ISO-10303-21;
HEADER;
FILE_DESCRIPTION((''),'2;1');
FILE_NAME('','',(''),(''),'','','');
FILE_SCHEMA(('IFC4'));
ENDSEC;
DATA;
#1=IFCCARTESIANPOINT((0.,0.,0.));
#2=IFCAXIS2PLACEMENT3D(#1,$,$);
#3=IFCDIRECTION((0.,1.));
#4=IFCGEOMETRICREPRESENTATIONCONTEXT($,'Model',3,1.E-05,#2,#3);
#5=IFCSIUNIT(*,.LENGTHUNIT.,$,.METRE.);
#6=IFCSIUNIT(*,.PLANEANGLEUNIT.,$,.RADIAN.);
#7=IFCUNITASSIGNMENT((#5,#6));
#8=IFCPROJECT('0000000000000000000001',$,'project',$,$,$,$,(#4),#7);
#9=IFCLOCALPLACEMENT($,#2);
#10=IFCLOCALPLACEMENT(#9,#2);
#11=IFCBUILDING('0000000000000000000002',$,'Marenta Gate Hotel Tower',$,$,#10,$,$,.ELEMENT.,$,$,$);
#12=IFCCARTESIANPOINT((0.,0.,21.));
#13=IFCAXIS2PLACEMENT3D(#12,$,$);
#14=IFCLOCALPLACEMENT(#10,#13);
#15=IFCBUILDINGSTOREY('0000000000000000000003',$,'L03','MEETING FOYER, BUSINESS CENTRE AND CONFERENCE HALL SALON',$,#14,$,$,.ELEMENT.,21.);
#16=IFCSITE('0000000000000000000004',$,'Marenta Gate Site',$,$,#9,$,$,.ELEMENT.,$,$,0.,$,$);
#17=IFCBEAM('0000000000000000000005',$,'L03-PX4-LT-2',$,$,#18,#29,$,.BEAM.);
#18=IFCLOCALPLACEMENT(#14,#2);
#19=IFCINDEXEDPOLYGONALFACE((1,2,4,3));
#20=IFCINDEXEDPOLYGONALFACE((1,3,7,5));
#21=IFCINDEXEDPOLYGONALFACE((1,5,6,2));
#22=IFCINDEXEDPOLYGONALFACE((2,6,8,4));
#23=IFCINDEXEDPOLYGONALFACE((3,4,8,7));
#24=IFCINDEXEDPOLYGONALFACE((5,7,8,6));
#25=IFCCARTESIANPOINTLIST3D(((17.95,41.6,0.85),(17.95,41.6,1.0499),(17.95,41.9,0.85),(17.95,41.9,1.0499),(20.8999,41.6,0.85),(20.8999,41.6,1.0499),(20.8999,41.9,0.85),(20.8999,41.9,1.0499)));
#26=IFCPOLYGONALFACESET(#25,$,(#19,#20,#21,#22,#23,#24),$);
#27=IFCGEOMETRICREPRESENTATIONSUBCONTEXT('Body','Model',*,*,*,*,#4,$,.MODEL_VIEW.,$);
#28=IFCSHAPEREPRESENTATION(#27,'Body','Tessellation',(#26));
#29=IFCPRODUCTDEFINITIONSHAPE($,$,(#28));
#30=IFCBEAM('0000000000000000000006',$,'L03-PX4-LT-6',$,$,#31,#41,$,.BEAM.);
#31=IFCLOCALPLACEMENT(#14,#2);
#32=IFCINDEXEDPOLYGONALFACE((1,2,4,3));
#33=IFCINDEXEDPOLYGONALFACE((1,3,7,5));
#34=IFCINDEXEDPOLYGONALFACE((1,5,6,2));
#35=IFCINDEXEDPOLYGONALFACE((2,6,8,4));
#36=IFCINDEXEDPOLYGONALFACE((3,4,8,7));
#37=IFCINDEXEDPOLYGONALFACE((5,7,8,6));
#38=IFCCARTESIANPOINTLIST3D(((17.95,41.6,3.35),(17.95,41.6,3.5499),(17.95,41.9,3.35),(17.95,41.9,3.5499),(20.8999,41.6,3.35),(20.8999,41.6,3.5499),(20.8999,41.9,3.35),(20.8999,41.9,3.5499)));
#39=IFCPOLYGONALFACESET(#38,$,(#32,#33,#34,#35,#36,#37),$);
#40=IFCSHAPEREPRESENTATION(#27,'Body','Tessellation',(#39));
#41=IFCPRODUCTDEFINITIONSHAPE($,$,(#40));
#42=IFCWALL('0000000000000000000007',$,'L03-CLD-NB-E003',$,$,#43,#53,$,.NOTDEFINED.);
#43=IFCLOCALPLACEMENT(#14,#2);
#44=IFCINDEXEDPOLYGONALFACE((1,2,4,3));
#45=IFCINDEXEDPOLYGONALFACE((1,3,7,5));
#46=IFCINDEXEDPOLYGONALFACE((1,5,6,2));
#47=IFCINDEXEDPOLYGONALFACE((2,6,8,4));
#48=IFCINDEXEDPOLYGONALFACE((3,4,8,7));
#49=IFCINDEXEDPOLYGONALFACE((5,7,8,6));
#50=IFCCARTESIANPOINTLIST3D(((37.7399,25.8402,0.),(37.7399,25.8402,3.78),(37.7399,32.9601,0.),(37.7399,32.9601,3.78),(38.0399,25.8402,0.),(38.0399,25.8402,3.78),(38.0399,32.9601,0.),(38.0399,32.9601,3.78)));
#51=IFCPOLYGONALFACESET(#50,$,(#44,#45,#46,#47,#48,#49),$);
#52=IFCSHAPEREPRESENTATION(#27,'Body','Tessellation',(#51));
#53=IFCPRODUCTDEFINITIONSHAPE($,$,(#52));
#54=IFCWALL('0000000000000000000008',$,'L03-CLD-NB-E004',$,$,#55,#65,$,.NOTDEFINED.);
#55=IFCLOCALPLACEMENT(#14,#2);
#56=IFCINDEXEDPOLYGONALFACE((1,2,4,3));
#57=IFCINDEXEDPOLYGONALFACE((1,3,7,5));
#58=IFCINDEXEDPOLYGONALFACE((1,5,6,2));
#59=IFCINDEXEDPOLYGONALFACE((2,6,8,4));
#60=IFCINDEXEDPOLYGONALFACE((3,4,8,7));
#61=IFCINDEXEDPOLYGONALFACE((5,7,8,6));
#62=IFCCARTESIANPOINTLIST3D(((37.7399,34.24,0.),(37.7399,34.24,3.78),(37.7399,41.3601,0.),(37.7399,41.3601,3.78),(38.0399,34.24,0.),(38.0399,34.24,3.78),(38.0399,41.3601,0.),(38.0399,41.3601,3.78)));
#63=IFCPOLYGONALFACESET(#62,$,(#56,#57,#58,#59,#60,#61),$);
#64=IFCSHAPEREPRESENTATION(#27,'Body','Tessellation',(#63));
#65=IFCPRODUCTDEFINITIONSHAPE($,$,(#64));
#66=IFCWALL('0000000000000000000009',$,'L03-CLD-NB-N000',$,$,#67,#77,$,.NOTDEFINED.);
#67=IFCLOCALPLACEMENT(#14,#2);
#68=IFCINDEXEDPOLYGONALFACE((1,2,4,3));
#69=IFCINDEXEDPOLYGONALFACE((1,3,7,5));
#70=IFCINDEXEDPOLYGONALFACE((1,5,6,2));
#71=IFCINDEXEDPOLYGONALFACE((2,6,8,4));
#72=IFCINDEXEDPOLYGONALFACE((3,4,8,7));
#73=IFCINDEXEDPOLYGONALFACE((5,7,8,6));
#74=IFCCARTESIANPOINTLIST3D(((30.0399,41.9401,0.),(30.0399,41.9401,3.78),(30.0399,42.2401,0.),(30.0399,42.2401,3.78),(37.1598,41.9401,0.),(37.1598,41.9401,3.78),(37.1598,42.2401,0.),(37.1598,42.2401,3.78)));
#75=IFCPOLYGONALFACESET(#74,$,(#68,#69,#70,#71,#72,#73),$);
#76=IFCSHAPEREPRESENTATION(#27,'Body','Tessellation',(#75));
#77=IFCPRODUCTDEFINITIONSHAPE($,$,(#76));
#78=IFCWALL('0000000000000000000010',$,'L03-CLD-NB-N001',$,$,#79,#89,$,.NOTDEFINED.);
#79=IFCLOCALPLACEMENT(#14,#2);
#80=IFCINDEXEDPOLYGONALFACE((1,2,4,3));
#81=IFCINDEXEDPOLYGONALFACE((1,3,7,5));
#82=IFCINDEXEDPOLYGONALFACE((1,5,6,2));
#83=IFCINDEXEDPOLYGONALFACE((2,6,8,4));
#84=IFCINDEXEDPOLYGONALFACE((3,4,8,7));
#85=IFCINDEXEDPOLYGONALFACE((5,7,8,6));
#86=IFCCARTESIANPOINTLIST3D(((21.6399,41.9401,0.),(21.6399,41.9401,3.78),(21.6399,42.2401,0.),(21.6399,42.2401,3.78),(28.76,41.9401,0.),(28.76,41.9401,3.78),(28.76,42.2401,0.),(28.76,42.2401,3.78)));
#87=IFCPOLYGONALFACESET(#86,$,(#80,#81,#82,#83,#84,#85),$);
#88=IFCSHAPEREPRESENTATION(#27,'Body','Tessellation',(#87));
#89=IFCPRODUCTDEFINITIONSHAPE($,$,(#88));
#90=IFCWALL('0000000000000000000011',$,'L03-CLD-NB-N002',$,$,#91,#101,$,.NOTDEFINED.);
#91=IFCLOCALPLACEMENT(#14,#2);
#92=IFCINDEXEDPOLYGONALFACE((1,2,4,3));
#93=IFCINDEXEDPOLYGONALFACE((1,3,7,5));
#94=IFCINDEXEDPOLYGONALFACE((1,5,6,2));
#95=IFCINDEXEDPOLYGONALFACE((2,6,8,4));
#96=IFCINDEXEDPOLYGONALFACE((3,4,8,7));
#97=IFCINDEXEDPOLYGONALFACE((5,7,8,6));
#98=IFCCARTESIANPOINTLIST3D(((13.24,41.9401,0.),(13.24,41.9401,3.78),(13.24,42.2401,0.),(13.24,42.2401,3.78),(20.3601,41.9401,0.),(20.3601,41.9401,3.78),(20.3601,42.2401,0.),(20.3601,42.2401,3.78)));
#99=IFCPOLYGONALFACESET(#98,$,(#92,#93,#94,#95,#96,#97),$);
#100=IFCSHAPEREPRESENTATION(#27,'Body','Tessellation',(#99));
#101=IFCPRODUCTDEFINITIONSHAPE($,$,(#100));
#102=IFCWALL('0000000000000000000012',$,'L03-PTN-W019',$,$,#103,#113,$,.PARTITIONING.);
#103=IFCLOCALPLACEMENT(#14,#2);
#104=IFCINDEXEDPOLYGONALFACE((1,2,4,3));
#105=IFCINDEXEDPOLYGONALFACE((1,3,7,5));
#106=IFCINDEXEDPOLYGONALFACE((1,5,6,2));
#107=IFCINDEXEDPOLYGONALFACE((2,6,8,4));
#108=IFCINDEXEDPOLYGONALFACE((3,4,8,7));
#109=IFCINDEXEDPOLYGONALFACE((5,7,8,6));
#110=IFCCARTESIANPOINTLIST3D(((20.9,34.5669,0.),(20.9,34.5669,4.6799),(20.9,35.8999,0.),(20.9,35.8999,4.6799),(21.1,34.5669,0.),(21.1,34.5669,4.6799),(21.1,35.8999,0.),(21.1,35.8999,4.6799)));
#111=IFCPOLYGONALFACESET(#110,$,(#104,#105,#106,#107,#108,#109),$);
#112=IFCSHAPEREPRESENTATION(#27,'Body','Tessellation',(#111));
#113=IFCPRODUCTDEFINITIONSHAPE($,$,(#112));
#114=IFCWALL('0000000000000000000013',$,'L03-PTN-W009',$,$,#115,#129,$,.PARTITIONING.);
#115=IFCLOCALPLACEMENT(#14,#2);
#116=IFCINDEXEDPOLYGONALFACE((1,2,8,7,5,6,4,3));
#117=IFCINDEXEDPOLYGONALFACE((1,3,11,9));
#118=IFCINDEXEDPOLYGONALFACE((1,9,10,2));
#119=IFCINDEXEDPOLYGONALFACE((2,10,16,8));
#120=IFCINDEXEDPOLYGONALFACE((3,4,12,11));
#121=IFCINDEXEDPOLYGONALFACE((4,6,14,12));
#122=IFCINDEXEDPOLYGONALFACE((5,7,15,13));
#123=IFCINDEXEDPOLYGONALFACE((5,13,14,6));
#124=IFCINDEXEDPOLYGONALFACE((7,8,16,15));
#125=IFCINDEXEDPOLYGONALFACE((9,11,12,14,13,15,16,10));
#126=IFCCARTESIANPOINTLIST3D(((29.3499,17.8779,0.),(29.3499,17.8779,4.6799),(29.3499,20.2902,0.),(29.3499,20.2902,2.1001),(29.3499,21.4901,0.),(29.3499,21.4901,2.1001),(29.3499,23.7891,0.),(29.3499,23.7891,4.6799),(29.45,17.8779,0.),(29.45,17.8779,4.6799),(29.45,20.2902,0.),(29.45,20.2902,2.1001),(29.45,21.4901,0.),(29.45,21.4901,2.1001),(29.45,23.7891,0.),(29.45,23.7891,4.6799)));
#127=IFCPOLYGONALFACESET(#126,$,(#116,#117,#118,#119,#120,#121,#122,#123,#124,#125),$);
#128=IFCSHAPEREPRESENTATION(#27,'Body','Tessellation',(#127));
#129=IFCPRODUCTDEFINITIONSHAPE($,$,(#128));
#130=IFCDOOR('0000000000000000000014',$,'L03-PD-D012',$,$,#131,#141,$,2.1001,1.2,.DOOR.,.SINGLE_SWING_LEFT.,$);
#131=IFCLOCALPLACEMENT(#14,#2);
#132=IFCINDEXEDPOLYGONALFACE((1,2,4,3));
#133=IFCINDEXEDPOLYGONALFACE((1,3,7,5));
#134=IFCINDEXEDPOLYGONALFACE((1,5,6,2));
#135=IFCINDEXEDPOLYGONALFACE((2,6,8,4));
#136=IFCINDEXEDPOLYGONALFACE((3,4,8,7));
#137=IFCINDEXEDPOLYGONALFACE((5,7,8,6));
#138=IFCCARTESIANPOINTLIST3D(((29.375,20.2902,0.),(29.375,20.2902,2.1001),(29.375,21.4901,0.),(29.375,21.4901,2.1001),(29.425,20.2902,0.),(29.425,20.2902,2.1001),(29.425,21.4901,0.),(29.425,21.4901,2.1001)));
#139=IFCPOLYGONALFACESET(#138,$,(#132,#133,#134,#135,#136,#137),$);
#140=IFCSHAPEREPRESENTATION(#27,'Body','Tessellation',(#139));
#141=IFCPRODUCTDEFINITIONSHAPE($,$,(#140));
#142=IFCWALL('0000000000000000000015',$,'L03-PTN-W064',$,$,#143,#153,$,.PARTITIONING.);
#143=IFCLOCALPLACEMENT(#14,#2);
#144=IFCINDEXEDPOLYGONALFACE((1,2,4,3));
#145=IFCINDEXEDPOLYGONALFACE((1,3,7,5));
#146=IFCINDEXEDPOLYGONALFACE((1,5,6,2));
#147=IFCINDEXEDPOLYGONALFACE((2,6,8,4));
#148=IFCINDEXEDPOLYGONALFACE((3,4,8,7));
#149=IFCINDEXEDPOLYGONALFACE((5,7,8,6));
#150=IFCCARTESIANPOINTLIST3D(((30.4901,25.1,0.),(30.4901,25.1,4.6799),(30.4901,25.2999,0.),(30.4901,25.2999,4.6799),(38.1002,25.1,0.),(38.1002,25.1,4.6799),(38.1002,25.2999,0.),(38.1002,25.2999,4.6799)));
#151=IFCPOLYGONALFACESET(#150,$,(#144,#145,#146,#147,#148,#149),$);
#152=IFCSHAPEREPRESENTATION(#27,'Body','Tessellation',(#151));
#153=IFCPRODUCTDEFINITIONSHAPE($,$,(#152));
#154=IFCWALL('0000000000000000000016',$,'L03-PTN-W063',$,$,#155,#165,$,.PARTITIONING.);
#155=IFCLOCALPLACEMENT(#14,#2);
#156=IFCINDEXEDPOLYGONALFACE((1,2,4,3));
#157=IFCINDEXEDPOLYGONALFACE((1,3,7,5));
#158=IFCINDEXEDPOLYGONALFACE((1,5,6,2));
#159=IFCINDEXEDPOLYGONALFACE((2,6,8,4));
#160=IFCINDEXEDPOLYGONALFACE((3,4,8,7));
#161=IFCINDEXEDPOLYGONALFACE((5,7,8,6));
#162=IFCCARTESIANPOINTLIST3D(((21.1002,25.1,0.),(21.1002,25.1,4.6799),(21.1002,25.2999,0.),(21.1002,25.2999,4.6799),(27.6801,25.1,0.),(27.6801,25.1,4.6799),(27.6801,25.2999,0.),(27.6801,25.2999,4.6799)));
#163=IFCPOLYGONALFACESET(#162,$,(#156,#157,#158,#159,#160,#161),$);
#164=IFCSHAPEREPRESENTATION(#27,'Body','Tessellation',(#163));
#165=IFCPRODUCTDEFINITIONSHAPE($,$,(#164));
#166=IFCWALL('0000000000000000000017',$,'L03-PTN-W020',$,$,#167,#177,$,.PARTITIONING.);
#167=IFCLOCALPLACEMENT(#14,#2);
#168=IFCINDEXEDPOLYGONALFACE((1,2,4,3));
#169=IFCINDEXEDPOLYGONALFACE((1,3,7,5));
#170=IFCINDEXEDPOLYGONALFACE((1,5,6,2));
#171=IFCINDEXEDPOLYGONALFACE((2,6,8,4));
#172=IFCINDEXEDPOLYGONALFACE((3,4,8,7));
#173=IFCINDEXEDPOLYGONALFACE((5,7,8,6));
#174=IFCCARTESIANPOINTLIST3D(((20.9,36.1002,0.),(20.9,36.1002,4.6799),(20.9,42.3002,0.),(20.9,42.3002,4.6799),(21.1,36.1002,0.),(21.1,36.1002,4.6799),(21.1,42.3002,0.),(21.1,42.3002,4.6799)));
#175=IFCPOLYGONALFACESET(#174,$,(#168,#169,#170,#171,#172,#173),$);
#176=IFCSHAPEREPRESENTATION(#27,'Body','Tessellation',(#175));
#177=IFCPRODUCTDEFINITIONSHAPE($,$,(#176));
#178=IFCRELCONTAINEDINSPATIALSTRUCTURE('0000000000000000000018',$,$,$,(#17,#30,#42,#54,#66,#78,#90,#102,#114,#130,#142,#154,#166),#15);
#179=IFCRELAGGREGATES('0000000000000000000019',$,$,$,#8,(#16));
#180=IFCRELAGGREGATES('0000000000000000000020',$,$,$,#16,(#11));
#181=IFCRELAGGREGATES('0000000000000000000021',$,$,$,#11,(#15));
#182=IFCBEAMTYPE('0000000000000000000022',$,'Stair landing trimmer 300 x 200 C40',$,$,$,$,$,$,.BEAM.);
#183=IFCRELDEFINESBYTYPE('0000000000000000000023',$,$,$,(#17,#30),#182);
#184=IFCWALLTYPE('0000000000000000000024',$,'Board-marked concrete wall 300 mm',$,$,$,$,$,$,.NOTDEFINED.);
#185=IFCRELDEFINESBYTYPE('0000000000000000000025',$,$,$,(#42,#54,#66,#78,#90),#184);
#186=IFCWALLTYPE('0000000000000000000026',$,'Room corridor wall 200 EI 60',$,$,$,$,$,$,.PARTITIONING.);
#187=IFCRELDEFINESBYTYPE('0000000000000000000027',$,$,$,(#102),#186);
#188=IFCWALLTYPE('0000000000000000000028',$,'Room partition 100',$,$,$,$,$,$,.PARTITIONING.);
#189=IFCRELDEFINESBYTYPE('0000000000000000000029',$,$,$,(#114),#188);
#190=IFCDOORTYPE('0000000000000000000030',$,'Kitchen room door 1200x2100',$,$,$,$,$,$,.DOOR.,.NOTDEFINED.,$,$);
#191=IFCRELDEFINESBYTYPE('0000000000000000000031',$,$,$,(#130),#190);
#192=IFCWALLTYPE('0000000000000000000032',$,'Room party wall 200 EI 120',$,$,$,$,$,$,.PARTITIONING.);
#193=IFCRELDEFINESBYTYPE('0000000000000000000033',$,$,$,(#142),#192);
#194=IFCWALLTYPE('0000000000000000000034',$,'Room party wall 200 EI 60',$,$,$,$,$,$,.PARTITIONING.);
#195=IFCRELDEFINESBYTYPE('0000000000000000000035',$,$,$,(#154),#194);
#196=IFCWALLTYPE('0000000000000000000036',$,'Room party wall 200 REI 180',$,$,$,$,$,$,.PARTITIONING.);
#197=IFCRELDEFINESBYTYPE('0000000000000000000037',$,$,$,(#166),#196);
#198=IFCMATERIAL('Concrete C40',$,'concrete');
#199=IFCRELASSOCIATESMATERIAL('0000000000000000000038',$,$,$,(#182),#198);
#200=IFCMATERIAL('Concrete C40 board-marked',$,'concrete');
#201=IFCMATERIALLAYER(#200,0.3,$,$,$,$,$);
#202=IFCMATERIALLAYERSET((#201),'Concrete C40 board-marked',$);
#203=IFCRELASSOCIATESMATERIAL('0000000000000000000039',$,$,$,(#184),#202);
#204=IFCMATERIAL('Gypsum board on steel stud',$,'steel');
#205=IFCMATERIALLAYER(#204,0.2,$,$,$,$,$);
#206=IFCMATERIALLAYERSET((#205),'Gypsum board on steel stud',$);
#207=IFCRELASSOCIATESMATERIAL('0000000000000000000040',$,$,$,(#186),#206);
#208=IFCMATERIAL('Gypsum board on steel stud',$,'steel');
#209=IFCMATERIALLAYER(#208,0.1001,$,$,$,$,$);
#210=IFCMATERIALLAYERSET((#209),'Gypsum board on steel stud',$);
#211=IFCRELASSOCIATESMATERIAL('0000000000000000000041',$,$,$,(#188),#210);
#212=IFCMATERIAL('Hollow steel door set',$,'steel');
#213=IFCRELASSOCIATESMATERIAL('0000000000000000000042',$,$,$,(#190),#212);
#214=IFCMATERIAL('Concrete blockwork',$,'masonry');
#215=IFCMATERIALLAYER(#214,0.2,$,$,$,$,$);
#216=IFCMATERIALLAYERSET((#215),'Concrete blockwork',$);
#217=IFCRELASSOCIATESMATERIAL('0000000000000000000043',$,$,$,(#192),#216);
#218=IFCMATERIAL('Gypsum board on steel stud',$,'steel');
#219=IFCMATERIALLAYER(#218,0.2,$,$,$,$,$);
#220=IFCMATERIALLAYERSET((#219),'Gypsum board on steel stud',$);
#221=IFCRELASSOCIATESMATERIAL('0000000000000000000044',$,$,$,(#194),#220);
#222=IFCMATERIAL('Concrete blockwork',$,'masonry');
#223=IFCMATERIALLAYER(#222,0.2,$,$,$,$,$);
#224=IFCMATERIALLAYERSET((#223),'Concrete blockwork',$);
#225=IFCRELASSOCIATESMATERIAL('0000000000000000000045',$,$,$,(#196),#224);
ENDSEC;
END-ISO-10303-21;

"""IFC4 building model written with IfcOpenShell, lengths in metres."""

from ifc_helpers import new_model, si_unit, direction, frame, frame_2d, origin, origin_2d, place, context, subcontext, project, spatial, rectangle, extrude, material, layer, layer_set, material_profile, profile_set, type_object, element, fill, save


model = new_model("IFC4")

# Units and contexts
model_context = context("Model", 3, precision=1e-05, world=origin(), true_north=direction((0.0, 1.0)))
body_context = subcontext(model_context, "Body", "Model", "MODEL_VIEW")
ifc_project = project(units=[si_unit("LENGTHUNIT", "METRE"), si_unit("PLANEANGLEUNIT", "RADIAN")], contexts=[model_context])

# Site, building, storey
site_placement = place(None, origin())
site = spatial("IfcSite", under=ifc_project, at=site_placement, Name="Marenta Gate Site", CompositionType="ELEMENT", RefElevation=0.0)
building_placement = place(site_placement, origin())
building = spatial("IfcBuilding", under=site, at=building_placement, Name="Marenta Gate Hotel Tower", CompositionType="ELEMENT")
storey_placement = place(building_placement, frame((0.0, 0.0, 21.0)))
storey = spatial("IfcBuildingStorey", under=building, at=storey_placement, Name="L03", Description="MEETING FOYER, BUSINESS CENTRE AND CONFERENCE HALL SALON", CompositionType="ELEMENT", Elevation=21.0)

# Beams
ifc_material_1 = material(Name="Concrete C40", Category="concrete")
ifc_material_profile_1 = material_profile(ifc_material_1, rectangle(XDim=0.3, YDim=0.2, at=origin_2d()), Name="300 x 200")
ifc_profile_set_1 = profile_set([ifc_material_profile_1], Name="Concrete C40")
beam_type_1 = type_object("IfcBeamType", Name="Stair landing trimmer 300 x 200 C40", PredefinedType="BEAM", material=ifc_profile_set_1)
for number, where, z_axis, x_axis, name in (
    (1, (17.95, 41.75, 0.95), (1.0, 0.0, 0.0), (0.0, 1.0, 0.0), "L03-PX4-LT-2"),
    (2, (17.95, 41.75, 3.45), (1.0, 0.0, 0.0), (0.0, 1.0, 0.0), "L03-PX4-LT-6"),
):
    element("IfcBeam", number, at=place(storey_placement, frame(where, z_axis=z_axis, x_axis=x_axis)), inside=storey, type_object=beam_type_1, Name=name, PredefinedType="BEAM", context=body_context, shape_type="SweptSolid", body=[
        extrude(rectangle(XDim=0.3, YDim=0.2, at=origin_2d()), origin(), (0.0, 0.0, 1.0), 2.95),
    ])

# Walls
ifc_material_2 = material(Name="Concrete C40 board-marked", Category="concrete")
ifc_layer_1 = layer(ifc_material_2, 0.3)
ifc_layer_set_1 = layer_set([ifc_layer_1], Name="Concrete C40 board-marked")
wall_type_1 = type_object("IfcWallType", Name="Board-marked concrete wall 300 mm", PredefinedType="NOTDEFINED", material=ifc_layer_set_1)
wall_1_placement = place(storey_placement, frame((37.8899, 25.8401, 0.0), z_axis=(0.0, 0.0, 1.0), x_axis=(0.0, 1.0, 0.0)))
element("IfcWall", 3, at=wall_1_placement, inside=storey, type_object=wall_type_1, Name="L03-CLD-NB-E003", PredefinedType="NOTDEFINED", context=body_context, shape_type="SweptSolid", body=[
    extrude(rectangle(XDim=7.1199, YDim=0.3, at=frame_2d((3.5601, 0.0))), origin(), (0.0, 0.0, 1.0), 3.78),
])
wall_2_placement = place(storey_placement, frame((37.8899, 34.24, 0.0), z_axis=(0.0, 0.0, 1.0), x_axis=(0.0, 1.0, 0.0)))
element("IfcWall", 4, at=wall_2_placement, inside=storey, type_object=wall_type_1, Name="L03-CLD-NB-E004", PredefinedType="NOTDEFINED", context=body_context, shape_type="SweptSolid", body=[
    extrude(rectangle(XDim=7.1201, YDim=0.3, at=frame_2d((3.5601, 0.0))), origin(), (0.0, 0.0, 1.0), 3.78),
])
wall_3_placement = place(storey_placement, frame((37.1599, 42.0901, 0.0), z_axis=(0.0, 0.0, 1.0), x_axis=(-1.0, 0.0, 0.0)))
element("IfcWall", 5, at=wall_3_placement, inside=storey, type_object=wall_type_1, Name="L03-CLD-NB-N000", PredefinedType="NOTDEFINED", context=body_context, shape_type="SweptSolid", body=[
    extrude(rectangle(XDim=7.1199, YDim=0.3, at=frame_2d((3.5601, 0.0))), origin(), (0.0, 0.0, 1.0), 3.78),
])
for number, where, z_axis, x_axis, name in (
    (6, (28.76, 42.0901, 0.0), (0.0, 0.0, 1.0), (-1.0, 0.0, 0.0), "L03-CLD-NB-N001"),
    (7, (20.3601, 42.0901, 0.0), (0.0, 0.0, 1.0), (-1.0, 0.0, 0.0), "L03-CLD-NB-N002"),
):
    element("IfcWall", number, at=place(storey_placement, frame(where, z_axis=z_axis, x_axis=x_axis)), inside=storey, type_object=wall_type_1, Name=name, PredefinedType="NOTDEFINED", context=body_context, shape_type="SweptSolid", body=[
        extrude(rectangle(XDim=7.1201, YDim=0.3, at=frame_2d((3.5601, 0.0))), origin(), (0.0, 0.0, 1.0), 3.78),
    ])
ifc_material_3 = material(Name="Gypsum board on steel stud", Category="steel")
ifc_layer_2 = layer(ifc_material_3, 0.2)
ifc_layer_set_2 = layer_set([ifc_layer_2], Name="Gypsum board on steel stud")
wall_type_2 = type_object("IfcWallType", Name="Room corridor wall 200 EI 60", PredefinedType="PARTITIONING", material=ifc_layer_set_2)
wall_4_placement = place(storey_placement, frame((21.0, 34.5669, 0.0), z_axis=(0.0, 0.0, 1.0), x_axis=(0.0, 1.0, 0.0)))
element("IfcWall", 8, at=wall_4_placement, inside=storey, type_object=wall_type_2, Name="L03-PTN-W019", PredefinedType="PARTITIONING", context=body_context, shape_type="SweptSolid", body=[
    extrude(rectangle(XDim=1.333, YDim=0.2, at=frame_2d((0.6665, 0.0))), origin(), (0.0, 0.0, 1.0), 4.6799),
])

# Wall, opening, door
ifc_material_4 = material(Name="Gypsum board on steel stud", Category="steel")
ifc_layer_3 = layer(ifc_material_4, 0.1001)
ifc_layer_set_3 = layer_set([ifc_layer_3], Name="Gypsum board on steel stud")
wall_type_3 = type_object("IfcWallType", Name="Room partition 100", PredefinedType="PARTITIONING", material=ifc_layer_set_3)
wall_5_placement = place(storey_placement, frame((29.3999, 17.8779, 0.0), z_axis=(0.0, 0.0, 1.0), x_axis=(0.0, 1.0, 0.0)))
wall_5 = element("IfcWall", 9, at=wall_5_placement, inside=storey, type_object=wall_type_3, Name="L03-PTN-W009", PredefinedType="PARTITIONING", context=body_context, shape_type="SweptSolid", body=[
    extrude(rectangle(XDim=5.9111, YDim=0.1001, at=frame_2d((2.9556, 0.0))), origin(), (0.0, 0.0, 1.0), 4.6799),
])
opening_placement = place(wall_5_placement, frame((2.4121, 0.0, 0.0)))
opening = element("IfcOpeningElement", 10, at=opening_placement, cuts=wall_5, PredefinedType="OPENING", context=body_context, shape_type="SweptSolid", body=[
    extrude(rectangle(XDim=1.2, YDim=2.1001, at=frame_2d((0.6001, 1.05))), frame((0.0, 0.05, 0.0), z_axis=(0.0, -1.0, 0.0), x_axis=(1.0, 0.0, 0.0)), (0.0, 0.0, 1.0), 0.1001),
])
ifc_material_5 = material(Name="Hollow steel door set", Category="steel")
door_type = type_object("IfcDoorType", Name="Kitchen room door 1200x2100", OperationType="NOTDEFINED", PredefinedType="DOOR", material=ifc_material_5)
door_placement = place(opening_placement, origin())
door = element("IfcDoor", 11, at=door_placement, inside=storey, type_object=door_type, Name="L03-PD-D012", OperationType="SINGLE_SWING_LEFT", OverallHeight=2.1001, OverallWidth=1.2, PredefinedType="DOOR", context=body_context, shape_type="SweptSolid", body=[
    extrude(rectangle(XDim=1.2, YDim=2.1001, at=frame_2d((0.6001, 1.05))), frame((0.0, 0.0249, 0.0), z_axis=(0.0, -1.0, 0.0), x_axis=(1.0, 0.0, 0.0)), (0.0, 0.0, 1.0), 0.05),
])
fill(opening, door)

# Walls
ifc_material_6 = material(Name="Concrete blockwork", Category="masonry")
ifc_layer_4 = layer(ifc_material_6, 0.2)
ifc_layer_set_4 = layer_set([ifc_layer_4], Name="Concrete blockwork")
wall_type_4 = type_object("IfcWallType", Name="Room party wall 200 EI 120", PredefinedType="PARTITIONING", material=ifc_layer_set_4)
wall_6_placement = place(storey_placement, frame((30.49, 25.2, 0.0), z_axis=(0.0, 0.0, 1.0), x_axis=(1.0, 0.0, 0.0)))
element("IfcWall", 12, at=wall_6_placement, inside=storey, type_object=wall_type_4, Name="L03-PTN-W064", PredefinedType="PARTITIONING", context=body_context, shape_type="SweptSolid", body=[
    extrude(rectangle(XDim=7.6101, YDim=0.2, at=frame_2d((3.8052, 0.0))), origin(), (0.0, 0.0, 1.0), 4.6799),
])
ifc_material_7 = material(Name="Gypsum board on steel stud", Category="steel")
ifc_layer_5 = layer(ifc_material_7, 0.2)
ifc_layer_set_5 = layer_set([ifc_layer_5], Name="Gypsum board on steel stud")
wall_type_5 = type_object("IfcWallType", Name="Room party wall 200 EI 60", PredefinedType="PARTITIONING", material=ifc_layer_set_5)
wall_7_placement = place(storey_placement, frame((21.1001, 25.2, 0.0), z_axis=(0.0, 0.0, 1.0), x_axis=(1.0, 0.0, 0.0)))
element("IfcWall", 13, at=wall_7_placement, inside=storey, type_object=wall_type_5, Name="L03-PTN-W063", PredefinedType="PARTITIONING", context=body_context, shape_type="SweptSolid", body=[
    extrude(rectangle(XDim=6.5798, YDim=0.2, at=frame_2d((3.29, 0.0))), origin(), (0.0, 0.0, 1.0), 4.6799),
])
ifc_material_8 = material(Name="Concrete blockwork", Category="masonry")
ifc_layer_6 = layer(ifc_material_8, 0.2)
ifc_layer_set_6 = layer_set([ifc_layer_6], Name="Concrete blockwork")
wall_type_6 = type_object("IfcWallType", Name="Room party wall 200 REI 180", PredefinedType="PARTITIONING", material=ifc_layer_set_6)
wall_8_placement = place(storey_placement, frame((21.0, 36.1001, 0.0), z_axis=(0.0, 0.0, 1.0), x_axis=(0.0, 1.0, 0.0)))
element("IfcWall", 14, at=wall_8_placement, inside=storey, type_object=wall_type_6, Name="L03-PTN-W020", PredefinedType="PARTITIONING", context=body_context, shape_type="SweptSolid", body=[
    extrude(rectangle(XDim=6.2, YDim=0.2, at=frame_2d((3.1001, 0.0))), origin(), (0.0, 0.0, 1.0), 4.6799),
])

save(model, "model.ifc")
